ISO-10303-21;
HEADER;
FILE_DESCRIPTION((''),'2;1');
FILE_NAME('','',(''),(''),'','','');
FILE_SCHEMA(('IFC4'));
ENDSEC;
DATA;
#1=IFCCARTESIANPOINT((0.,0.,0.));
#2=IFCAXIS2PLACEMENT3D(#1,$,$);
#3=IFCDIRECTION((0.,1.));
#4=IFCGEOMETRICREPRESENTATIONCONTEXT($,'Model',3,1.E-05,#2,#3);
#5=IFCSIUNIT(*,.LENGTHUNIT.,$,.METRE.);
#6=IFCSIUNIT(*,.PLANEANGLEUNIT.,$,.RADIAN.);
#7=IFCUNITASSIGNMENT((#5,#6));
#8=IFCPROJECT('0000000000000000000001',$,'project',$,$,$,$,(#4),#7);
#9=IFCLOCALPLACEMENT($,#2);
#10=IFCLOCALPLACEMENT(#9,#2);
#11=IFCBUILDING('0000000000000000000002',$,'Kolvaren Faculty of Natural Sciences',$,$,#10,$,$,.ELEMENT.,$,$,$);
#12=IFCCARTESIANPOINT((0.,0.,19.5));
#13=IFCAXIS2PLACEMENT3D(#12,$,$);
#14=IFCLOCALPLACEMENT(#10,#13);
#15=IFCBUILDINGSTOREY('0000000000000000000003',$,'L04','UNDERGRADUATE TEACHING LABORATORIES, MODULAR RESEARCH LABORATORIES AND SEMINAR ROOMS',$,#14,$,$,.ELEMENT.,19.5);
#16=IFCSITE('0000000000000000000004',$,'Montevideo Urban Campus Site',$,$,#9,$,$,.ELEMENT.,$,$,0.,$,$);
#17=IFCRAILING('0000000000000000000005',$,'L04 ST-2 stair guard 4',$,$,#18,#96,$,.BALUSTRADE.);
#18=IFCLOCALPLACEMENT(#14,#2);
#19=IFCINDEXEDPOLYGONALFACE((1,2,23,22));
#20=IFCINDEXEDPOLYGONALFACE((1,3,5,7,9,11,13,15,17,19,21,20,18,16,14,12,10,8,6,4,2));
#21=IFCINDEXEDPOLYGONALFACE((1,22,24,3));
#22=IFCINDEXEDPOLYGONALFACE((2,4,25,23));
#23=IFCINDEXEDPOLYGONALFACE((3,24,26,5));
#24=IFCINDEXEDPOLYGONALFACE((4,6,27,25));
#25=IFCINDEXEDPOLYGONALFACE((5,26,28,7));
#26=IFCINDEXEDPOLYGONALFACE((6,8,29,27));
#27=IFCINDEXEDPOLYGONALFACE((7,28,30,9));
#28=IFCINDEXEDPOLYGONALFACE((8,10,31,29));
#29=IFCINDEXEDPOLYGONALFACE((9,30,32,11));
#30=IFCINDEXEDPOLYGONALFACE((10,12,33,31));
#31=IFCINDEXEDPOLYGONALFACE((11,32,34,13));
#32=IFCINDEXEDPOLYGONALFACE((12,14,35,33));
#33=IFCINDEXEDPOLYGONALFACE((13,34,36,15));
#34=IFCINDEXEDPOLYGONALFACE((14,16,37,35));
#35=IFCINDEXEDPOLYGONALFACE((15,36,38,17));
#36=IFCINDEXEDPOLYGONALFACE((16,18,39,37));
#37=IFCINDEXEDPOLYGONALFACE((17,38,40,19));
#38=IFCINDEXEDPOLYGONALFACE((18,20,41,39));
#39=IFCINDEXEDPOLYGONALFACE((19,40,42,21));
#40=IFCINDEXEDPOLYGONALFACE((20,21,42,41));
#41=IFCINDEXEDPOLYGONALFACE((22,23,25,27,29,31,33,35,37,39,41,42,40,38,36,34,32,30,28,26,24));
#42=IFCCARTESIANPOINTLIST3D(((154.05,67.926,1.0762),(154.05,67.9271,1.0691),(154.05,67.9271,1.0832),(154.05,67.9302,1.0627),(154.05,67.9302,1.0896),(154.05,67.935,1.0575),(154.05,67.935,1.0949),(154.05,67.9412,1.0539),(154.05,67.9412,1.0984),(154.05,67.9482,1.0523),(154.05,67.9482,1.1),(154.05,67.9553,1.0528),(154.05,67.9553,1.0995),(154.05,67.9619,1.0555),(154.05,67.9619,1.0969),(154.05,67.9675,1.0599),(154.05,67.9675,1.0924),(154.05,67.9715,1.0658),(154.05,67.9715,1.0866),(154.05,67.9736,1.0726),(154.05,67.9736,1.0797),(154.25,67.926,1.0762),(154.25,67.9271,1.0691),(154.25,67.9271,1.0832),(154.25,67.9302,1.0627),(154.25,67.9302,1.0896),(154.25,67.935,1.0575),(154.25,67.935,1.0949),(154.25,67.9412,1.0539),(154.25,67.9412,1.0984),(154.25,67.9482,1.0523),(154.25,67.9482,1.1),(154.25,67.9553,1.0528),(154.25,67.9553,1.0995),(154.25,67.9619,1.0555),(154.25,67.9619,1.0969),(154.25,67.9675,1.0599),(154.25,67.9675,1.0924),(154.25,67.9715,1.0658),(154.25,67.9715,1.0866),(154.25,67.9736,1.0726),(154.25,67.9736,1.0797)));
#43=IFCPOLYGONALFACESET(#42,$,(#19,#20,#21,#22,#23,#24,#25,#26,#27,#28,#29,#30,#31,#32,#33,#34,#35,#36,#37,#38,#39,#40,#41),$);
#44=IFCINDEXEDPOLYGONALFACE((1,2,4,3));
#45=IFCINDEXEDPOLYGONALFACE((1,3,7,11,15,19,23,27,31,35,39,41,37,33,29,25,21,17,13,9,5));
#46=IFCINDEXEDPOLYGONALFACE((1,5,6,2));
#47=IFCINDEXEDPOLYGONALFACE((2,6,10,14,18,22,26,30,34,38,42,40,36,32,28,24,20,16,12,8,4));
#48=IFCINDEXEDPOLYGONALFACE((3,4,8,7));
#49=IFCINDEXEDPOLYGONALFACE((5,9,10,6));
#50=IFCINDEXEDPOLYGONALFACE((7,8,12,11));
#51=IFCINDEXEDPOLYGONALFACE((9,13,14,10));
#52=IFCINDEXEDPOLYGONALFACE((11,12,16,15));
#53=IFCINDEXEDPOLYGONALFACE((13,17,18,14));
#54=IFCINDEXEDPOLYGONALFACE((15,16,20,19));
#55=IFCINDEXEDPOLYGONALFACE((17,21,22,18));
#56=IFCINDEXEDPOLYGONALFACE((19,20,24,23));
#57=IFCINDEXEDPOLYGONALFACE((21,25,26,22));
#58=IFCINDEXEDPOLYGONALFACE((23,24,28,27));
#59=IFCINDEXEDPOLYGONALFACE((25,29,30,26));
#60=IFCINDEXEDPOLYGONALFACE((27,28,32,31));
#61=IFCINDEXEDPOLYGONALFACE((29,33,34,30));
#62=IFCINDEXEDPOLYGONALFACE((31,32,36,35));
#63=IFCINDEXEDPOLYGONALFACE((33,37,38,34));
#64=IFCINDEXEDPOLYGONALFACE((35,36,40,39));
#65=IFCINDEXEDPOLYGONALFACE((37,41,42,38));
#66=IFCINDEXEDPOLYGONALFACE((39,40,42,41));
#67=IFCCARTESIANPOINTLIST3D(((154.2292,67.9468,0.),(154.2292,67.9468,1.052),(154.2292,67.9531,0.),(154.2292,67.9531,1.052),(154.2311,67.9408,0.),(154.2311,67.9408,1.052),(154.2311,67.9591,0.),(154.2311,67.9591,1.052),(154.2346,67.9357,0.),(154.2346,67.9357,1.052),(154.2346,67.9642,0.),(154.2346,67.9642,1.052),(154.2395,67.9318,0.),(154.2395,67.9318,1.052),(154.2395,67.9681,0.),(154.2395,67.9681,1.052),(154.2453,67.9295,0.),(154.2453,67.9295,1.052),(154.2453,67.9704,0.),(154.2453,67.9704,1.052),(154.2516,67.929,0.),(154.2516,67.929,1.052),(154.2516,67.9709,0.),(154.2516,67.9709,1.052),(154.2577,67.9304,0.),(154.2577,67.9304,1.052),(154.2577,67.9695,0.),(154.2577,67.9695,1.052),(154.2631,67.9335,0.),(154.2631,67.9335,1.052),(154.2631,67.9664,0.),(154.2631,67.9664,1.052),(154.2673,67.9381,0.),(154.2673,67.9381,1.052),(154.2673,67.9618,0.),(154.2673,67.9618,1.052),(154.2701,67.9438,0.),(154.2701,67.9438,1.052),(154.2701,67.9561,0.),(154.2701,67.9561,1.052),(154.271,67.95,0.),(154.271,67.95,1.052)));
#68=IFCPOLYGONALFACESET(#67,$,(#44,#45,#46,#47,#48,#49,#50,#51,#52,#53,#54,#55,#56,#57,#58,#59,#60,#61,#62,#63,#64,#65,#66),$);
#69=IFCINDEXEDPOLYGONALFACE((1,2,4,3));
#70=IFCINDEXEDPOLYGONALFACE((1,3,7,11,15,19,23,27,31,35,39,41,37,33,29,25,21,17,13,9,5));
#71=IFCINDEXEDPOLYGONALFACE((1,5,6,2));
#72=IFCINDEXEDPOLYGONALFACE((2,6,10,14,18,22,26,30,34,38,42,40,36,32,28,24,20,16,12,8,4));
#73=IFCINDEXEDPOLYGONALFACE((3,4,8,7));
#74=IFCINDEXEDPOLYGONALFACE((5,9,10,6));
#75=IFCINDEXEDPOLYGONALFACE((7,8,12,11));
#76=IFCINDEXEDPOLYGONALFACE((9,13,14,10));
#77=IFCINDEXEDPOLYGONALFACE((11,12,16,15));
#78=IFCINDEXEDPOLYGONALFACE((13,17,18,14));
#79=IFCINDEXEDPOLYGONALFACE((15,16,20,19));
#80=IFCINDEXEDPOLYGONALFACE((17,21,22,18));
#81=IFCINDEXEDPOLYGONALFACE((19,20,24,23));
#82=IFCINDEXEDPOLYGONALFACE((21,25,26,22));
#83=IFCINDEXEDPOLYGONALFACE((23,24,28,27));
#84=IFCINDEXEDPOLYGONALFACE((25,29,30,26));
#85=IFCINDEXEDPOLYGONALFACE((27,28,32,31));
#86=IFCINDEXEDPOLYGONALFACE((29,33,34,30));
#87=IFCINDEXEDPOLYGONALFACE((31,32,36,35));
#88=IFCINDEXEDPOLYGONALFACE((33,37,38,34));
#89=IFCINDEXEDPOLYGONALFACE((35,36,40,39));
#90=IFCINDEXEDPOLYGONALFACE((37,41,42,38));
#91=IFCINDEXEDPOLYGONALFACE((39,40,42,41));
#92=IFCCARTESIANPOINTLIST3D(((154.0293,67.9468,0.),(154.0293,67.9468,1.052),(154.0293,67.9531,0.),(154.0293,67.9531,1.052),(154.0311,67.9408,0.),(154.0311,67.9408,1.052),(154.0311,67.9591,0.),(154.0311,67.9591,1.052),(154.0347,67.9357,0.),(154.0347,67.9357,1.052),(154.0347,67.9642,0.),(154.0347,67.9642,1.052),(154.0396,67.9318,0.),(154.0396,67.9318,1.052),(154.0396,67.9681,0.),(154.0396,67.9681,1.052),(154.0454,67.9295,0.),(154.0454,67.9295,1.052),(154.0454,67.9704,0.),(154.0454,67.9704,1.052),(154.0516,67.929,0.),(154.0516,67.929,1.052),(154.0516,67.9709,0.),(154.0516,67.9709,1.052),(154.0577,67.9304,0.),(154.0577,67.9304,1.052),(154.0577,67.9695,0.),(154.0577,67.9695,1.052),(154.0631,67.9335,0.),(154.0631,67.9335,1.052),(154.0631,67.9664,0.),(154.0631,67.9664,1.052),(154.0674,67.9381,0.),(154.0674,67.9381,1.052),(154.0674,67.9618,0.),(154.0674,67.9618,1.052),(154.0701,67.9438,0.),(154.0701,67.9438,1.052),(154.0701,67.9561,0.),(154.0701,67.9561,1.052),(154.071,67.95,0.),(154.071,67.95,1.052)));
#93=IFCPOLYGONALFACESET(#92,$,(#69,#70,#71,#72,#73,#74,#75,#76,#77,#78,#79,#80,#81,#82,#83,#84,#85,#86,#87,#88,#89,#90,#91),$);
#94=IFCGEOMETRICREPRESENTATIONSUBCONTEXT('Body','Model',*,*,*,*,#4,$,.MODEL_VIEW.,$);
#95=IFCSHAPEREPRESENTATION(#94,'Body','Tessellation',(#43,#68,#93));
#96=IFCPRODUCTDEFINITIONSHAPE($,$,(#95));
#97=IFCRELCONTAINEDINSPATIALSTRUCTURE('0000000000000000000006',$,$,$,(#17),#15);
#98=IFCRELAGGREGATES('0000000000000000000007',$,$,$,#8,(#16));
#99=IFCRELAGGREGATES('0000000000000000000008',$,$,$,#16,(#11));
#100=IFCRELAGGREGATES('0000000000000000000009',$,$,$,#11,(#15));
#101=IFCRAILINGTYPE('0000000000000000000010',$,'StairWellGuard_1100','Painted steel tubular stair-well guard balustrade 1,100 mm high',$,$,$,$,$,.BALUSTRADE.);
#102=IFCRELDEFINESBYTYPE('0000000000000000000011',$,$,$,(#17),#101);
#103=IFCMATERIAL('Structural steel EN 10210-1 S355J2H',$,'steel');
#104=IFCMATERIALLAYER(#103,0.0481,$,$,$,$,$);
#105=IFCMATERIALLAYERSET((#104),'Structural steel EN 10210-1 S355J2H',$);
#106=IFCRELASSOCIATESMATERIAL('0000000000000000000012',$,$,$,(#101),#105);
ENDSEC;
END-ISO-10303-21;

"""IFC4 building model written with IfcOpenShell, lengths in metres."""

from ifc_helpers import new_model, si_unit, direction, frame, origin, origin_2d, place, context, subcontext, project, spatial, circle, extrude, material, layer, layer_set, type_object, element, save


model = new_model("IFC4")

# Units and contexts
model_context = context("Model", 3, precision=1e-05, world=origin(), true_north=direction((0.0, 1.0)))
body_context = subcontext(model_context, "Body", "Model", "MODEL_VIEW")
ifc_project = project(units=[si_unit("LENGTHUNIT", "METRE"), si_unit("PLANEANGLEUNIT", "RADIAN")], contexts=[model_context])

# Site, building, storey
site_placement = place(None, origin())
site = spatial("IfcSite", under=ifc_project, at=site_placement, Name="Montevideo Urban Campus Site", CompositionType="ELEMENT", RefElevation=0.0)
building_placement = place(site_placement, origin())
building = spatial("IfcBuilding", under=site, at=building_placement, Name="Kolvaren Faculty of Natural Sciences", CompositionType="ELEMENT")
storey_placement = place(building_placement, frame((0.0, 0.0, 19.5)))
storey = spatial("IfcBuildingStorey", under=building, at=storey_placement, Name="L04", Description="UNDERGRADUATE TEACHING LABORATORIES, MODULAR RESEARCH LABORATORIES AND SEMINAR ROOMS", CompositionType="ELEMENT", Elevation=19.5)

# Railing
ifc_material_1 = material(Name="Structural steel EN 10210-1 S355J2H", Category="steel")
ifc_layer_1 = layer(ifc_material_1, 0.0481)
ifc_layer_set_1 = layer_set([ifc_layer_1], Name="Structural steel EN 10210-1 S355J2H")
railing_type_1 = type_object("IfcRailingType", Name="StairWellGuard_1100", Description="Painted steel tubular stair-well guard balustrade 1,100 mm high", PredefinedType="BALUSTRADE", material=ifc_layer_set_1)
railing_1_placement = place(storey_placement, frame((154.25, 67.95, 0.0)))
element("IfcRailing", 1, at=railing_1_placement, inside=storey, type_object=railing_type_1, Name="L04 ST-2 stair guard 4", PredefinedType="BALUSTRADE", context=body_context, shape_type="SweptSolid", body=[
    extrude(circle(Radius=0.0239, at=origin_2d()), frame((0.0, 0.0, 1.0762), z_axis=(-1.0, 0.0, 0.0), x_axis=(0.0, -1.0, 0.0)), (0.0, 0.0, 1.0), 0.2),
    extrude(circle(Radius=0.021, at=origin_2d()), origin(), (0.0, 0.0, 1.0), 1.052),
    extrude(circle(Radius=0.021, at=origin_2d()), frame((-0.2, 0.0, 0.0)), (0.0, 0.0, 1.0), 1.052),
])

save(model, "model.ifc")
